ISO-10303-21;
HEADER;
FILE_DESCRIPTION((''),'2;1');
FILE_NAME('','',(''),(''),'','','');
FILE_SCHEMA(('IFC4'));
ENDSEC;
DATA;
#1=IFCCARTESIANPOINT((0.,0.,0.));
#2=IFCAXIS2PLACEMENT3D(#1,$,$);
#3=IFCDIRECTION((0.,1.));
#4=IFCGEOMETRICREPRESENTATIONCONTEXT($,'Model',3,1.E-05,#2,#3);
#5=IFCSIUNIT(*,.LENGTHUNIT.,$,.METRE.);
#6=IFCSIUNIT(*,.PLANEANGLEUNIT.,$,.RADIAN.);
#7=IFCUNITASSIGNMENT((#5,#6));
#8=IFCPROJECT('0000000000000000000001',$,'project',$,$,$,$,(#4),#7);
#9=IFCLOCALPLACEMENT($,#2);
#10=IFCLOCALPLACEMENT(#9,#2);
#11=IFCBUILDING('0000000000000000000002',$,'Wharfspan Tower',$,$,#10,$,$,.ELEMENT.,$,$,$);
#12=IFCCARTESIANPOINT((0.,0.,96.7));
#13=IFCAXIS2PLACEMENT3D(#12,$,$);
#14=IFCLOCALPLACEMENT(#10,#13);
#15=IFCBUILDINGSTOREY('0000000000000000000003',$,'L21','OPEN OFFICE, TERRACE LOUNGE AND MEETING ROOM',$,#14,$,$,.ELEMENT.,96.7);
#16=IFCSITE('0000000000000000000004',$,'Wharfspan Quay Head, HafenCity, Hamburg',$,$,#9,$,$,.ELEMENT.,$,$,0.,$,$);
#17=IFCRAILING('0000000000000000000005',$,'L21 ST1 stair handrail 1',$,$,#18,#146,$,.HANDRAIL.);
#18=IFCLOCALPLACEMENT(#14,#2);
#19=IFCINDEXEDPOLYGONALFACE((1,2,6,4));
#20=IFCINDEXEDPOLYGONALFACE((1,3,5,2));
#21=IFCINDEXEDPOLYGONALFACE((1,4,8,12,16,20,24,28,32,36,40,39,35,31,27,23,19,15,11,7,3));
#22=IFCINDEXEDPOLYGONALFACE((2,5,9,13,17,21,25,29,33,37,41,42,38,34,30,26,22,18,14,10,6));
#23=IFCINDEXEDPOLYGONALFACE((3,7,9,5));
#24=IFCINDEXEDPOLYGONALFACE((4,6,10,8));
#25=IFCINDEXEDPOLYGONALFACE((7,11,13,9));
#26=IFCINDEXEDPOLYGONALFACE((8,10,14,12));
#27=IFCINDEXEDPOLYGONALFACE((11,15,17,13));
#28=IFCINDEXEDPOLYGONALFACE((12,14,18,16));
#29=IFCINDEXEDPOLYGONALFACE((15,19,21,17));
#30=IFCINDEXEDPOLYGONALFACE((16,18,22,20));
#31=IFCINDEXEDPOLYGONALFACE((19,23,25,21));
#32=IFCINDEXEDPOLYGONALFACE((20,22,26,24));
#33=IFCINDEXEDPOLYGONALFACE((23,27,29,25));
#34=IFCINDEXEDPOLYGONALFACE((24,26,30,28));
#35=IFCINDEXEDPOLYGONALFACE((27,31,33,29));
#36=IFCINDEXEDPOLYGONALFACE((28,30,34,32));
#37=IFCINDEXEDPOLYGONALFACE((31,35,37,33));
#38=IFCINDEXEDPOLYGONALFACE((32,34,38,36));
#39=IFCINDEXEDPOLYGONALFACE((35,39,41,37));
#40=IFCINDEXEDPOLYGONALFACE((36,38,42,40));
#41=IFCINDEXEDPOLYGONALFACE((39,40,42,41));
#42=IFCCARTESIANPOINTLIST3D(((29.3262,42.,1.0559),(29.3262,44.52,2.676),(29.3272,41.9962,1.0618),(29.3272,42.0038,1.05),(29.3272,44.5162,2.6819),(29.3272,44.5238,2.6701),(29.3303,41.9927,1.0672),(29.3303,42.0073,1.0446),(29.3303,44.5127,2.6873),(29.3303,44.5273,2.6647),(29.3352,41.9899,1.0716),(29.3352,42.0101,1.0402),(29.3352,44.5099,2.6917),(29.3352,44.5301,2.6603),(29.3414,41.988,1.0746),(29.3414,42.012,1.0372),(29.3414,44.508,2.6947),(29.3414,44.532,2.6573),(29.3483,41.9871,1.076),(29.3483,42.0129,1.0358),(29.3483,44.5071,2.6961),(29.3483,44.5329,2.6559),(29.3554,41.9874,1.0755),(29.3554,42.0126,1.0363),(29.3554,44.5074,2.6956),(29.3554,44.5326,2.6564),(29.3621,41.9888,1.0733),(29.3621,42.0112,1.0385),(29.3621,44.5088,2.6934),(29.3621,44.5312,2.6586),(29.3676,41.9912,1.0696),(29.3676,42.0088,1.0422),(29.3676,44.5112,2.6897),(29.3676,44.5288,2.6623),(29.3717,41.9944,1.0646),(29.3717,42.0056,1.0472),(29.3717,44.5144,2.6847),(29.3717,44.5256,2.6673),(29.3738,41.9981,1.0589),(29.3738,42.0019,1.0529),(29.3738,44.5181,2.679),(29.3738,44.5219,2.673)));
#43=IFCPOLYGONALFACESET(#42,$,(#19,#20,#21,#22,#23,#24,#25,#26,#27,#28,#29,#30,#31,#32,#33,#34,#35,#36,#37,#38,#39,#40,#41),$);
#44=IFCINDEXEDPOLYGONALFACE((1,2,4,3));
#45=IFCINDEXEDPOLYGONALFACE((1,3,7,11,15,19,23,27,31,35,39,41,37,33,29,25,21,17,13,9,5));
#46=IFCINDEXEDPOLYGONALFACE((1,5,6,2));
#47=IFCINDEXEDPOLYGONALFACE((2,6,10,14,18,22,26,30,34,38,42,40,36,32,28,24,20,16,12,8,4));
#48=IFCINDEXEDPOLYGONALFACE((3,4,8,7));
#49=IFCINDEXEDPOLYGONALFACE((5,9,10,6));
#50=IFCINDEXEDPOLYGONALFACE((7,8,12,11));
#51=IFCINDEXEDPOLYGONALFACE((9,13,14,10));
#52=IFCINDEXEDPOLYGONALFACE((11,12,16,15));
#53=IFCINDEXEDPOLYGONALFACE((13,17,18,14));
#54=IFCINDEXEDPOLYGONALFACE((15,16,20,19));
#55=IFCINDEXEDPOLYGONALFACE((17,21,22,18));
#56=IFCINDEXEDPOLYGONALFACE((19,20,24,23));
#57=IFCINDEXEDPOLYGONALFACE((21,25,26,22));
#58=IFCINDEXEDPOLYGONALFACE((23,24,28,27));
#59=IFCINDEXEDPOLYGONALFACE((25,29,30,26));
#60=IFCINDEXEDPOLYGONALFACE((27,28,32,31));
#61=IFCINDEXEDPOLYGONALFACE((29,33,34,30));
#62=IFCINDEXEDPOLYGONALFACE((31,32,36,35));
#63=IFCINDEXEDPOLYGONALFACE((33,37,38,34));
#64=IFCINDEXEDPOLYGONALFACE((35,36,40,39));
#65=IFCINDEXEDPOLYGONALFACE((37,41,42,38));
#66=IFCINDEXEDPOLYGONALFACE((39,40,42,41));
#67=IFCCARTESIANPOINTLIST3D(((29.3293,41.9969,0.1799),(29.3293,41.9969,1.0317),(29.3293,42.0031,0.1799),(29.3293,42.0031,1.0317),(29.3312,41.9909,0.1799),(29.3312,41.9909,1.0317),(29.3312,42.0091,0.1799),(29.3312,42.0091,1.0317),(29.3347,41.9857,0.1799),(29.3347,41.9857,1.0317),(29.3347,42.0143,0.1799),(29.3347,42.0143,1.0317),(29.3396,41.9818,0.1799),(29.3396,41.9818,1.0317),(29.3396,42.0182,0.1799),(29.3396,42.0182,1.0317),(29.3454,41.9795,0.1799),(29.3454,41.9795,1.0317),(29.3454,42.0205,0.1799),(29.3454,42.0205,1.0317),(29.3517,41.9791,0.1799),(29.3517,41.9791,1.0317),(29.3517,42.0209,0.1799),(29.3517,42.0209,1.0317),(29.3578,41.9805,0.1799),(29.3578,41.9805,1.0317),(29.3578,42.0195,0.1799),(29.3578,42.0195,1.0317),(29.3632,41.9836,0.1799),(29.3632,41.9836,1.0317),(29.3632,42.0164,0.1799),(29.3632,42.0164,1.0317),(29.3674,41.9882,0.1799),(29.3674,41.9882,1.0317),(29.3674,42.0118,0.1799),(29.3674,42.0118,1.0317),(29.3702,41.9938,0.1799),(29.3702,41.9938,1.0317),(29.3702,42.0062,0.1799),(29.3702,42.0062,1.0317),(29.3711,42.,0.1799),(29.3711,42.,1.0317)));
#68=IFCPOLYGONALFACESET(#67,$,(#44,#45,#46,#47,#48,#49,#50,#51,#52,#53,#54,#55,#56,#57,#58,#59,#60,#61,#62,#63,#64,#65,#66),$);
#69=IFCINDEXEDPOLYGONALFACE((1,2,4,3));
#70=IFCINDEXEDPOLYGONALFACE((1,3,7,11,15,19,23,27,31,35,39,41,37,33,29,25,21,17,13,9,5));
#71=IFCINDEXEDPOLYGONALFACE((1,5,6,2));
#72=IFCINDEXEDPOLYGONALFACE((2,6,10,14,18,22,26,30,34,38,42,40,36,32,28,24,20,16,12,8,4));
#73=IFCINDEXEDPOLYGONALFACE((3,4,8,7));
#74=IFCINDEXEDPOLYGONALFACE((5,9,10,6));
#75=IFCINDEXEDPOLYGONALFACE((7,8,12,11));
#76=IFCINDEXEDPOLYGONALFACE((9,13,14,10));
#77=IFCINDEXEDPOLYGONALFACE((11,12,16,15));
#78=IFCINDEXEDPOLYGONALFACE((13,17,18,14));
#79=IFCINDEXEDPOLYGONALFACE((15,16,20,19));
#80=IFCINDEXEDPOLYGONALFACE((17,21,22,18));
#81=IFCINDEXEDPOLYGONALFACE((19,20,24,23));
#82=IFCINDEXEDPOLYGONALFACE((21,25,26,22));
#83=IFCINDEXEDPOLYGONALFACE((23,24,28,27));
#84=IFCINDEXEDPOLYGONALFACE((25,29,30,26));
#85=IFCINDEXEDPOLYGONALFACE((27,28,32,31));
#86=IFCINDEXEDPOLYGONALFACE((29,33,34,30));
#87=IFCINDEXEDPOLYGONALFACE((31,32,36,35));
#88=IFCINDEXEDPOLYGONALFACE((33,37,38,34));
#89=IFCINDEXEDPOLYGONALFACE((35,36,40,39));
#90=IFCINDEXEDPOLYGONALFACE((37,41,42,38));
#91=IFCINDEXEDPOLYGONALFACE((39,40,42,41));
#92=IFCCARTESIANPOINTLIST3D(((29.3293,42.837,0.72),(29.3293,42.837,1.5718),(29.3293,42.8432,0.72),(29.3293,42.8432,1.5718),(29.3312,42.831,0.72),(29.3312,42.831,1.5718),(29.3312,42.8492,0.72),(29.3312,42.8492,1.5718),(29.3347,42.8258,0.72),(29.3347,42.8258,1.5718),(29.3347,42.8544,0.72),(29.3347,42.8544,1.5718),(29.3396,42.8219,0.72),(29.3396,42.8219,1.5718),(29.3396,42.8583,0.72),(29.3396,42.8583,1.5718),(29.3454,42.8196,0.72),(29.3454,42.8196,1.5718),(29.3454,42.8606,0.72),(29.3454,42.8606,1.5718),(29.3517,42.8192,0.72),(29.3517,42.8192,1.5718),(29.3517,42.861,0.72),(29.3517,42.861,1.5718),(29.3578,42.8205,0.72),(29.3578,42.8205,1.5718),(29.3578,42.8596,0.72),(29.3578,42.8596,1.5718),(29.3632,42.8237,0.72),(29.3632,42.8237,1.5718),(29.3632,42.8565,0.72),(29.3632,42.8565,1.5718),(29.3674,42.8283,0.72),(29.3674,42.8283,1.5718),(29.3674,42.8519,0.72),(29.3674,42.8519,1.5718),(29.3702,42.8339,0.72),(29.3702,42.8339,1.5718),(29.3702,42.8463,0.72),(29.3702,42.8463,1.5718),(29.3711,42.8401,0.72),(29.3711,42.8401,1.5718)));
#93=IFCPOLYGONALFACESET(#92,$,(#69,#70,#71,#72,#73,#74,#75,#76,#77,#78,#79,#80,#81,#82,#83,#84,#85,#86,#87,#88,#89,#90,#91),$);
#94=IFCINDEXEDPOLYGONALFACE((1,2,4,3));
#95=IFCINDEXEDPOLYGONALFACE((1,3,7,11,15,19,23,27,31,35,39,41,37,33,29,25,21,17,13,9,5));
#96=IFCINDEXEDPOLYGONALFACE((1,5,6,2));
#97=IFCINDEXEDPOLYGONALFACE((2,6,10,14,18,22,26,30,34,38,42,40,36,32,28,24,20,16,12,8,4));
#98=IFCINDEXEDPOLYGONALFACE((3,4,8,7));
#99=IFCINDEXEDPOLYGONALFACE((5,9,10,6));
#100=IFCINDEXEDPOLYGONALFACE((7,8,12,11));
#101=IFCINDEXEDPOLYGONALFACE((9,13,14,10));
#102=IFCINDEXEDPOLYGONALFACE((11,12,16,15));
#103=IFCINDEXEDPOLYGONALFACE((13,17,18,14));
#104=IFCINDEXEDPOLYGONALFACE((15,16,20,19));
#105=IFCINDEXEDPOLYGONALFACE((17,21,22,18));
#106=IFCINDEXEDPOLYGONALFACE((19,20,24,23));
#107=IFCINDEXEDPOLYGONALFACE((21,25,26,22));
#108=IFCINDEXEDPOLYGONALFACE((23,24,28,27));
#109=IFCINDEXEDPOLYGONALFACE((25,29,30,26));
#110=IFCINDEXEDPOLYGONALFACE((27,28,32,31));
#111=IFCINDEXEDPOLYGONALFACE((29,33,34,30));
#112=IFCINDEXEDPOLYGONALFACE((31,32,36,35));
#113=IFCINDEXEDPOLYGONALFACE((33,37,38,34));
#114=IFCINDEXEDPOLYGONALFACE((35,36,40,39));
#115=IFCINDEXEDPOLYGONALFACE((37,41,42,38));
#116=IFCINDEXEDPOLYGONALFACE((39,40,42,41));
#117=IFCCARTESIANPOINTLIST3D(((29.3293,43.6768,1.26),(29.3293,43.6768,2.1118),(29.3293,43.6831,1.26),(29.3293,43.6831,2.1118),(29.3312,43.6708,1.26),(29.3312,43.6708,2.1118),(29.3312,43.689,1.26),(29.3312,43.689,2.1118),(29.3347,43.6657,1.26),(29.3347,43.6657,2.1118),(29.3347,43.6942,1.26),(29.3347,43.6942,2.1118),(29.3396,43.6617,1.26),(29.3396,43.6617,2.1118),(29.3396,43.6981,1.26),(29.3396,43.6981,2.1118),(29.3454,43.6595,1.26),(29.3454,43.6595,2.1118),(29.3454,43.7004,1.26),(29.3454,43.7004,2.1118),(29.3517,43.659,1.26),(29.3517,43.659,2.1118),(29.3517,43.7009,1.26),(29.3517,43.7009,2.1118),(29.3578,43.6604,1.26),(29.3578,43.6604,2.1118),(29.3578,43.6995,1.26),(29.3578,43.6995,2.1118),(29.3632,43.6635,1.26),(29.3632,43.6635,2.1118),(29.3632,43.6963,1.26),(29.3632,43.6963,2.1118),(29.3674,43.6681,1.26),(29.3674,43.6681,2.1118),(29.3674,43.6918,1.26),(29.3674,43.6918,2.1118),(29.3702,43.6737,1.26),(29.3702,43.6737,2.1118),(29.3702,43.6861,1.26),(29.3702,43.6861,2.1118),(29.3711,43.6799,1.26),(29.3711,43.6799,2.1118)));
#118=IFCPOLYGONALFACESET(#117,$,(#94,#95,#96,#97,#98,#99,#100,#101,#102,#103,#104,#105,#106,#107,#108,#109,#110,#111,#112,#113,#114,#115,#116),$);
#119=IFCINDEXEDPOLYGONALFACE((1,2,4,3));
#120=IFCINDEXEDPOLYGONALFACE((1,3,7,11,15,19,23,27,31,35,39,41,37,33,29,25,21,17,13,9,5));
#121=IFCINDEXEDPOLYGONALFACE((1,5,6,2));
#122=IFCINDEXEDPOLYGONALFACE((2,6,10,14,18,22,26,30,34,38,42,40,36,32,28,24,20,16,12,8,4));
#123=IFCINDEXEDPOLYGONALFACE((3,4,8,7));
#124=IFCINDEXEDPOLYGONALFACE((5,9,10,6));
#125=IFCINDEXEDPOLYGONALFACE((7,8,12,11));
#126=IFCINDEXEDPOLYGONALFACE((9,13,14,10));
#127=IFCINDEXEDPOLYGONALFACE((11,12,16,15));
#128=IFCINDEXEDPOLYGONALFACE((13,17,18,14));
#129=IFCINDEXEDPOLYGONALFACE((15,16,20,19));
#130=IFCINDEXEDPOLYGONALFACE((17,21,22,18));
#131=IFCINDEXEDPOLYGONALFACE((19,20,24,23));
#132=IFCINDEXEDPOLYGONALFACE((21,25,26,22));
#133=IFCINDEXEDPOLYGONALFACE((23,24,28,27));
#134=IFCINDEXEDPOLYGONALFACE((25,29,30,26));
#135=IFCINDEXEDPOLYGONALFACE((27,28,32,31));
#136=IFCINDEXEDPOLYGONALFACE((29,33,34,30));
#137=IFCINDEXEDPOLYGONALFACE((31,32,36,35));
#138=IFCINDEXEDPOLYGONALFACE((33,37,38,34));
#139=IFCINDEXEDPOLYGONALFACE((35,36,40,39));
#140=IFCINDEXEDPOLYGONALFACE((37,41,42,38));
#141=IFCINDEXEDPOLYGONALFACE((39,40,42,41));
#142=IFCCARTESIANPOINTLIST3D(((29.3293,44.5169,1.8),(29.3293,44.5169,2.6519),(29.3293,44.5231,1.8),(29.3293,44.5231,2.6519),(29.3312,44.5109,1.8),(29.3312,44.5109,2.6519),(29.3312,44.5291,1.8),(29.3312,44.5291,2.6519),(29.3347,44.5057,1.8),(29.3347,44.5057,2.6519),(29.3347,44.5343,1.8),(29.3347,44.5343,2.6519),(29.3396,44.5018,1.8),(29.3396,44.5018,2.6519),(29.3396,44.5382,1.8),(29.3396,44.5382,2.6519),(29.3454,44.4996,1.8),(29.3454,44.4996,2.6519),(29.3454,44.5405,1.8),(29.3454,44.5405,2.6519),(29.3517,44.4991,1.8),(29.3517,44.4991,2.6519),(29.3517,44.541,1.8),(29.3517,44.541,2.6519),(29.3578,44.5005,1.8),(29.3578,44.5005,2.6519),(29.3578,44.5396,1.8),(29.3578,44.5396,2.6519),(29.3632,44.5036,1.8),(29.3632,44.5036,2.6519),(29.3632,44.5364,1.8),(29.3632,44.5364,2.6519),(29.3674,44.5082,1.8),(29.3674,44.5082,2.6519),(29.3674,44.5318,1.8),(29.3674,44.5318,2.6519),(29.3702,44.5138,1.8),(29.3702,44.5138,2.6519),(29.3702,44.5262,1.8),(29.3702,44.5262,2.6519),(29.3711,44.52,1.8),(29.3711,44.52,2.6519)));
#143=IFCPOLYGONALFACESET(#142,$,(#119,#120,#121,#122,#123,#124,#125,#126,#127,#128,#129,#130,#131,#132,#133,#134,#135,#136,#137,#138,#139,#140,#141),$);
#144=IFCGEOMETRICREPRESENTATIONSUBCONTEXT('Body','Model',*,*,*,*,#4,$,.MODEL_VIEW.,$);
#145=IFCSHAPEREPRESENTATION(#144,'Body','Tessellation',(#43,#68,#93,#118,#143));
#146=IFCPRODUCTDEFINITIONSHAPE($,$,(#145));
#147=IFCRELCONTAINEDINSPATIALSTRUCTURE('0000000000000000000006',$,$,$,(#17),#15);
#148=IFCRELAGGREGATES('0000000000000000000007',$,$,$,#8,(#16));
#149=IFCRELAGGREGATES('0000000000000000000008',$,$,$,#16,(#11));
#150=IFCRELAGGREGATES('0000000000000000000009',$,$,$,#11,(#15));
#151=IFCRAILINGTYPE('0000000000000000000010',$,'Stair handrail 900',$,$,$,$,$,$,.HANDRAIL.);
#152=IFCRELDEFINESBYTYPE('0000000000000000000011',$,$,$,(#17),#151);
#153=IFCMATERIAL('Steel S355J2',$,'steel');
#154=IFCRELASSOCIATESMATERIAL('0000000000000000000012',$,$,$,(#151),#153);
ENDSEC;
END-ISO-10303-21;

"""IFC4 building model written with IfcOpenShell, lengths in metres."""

from ifc_helpers import new_model, si_unit, direction, frame, origin, origin_2d, place, context, subcontext, project, spatial, circle, extrude, material, type_object, element, save


model = new_model("IFC4")

# Units and contexts
model_context = context("Model", 3, precision=1e-05, world=origin(), true_north=direction((0.0, 1.0)))
body_context = subcontext(model_context, "Body", "Model", "MODEL_VIEW")
ifc_project = project(units=[si_unit("LENGTHUNIT", "METRE"), si_unit("PLANEANGLEUNIT", "RADIAN")], contexts=[model_context])

# Site, building, storey
site_placement = place(None, origin())
site = spatial("IfcSite", under=ifc_project, at=site_placement, Name="Wharfspan Quay Head, HafenCity, Hamburg", CompositionType="ELEMENT", RefElevation=0.0)
building_placement = place(site_placement, origin())
building = spatial("IfcBuilding", under=site, at=building_placement, Name="Wharfspan Tower", CompositionType="ELEMENT")
storey_placement = place(building_placement, frame((0.0, 0.0, 96.7)))
storey = spatial("IfcBuildingStorey", under=building, at=storey_placement, Name="L21", Description="OPEN OFFICE, TERRACE LOUNGE AND MEETING ROOM", CompositionType="ELEMENT", Elevation=96.7)

# Shared definitions
ifc_material_1 = material(Name="Steel S355J2", Category="steel")

# Railing
railing_type_1 = type_object("IfcRailingType", Name="Stair handrail 900", PredefinedType="HANDRAIL", material=ifc_material_1)
railing_1_placement = place(storey_placement, frame((29.3501, 42.0, 0.1799)))
element("IfcRailing", 1, at=railing_1_placement, inside=storey, type_object=railing_type_1, Name="L21 ST1 stair handrail 1", PredefinedType="HANDRAIL", context=body_context, shape_type="SweptSolid", body=[
    extrude(circle(Radius=0.0239, at=origin_2d()), frame((0.0, 0.0, 0.876), z_axis=(0.0, 0.841163, 0.540782), x_axis=(-1.0, 0.0, 0.0)), (0.0, 0.0, 1.0), 2.9958),
    extrude(circle(Radius=0.021, at=origin_2d()), origin(), (0.0, 0.0, 1.0), 0.8518),
    extrude(circle(Radius=0.021, at=origin_2d()), frame((0.0, 0.8401, 0.54)), (0.0, 0.0, 1.0), 0.8518),
    extrude(circle(Radius=0.021, at=origin_2d()), frame((0.0, 1.6799, 1.0801)), (0.0, 0.0, 1.0), 0.8518),
    extrude(circle(Radius=0.021, at=origin_2d()), frame((0.0, 2.52, 1.6201)), (0.0, 0.0, 1.0), 0.8518),
])

save(model, "model.ifc")
